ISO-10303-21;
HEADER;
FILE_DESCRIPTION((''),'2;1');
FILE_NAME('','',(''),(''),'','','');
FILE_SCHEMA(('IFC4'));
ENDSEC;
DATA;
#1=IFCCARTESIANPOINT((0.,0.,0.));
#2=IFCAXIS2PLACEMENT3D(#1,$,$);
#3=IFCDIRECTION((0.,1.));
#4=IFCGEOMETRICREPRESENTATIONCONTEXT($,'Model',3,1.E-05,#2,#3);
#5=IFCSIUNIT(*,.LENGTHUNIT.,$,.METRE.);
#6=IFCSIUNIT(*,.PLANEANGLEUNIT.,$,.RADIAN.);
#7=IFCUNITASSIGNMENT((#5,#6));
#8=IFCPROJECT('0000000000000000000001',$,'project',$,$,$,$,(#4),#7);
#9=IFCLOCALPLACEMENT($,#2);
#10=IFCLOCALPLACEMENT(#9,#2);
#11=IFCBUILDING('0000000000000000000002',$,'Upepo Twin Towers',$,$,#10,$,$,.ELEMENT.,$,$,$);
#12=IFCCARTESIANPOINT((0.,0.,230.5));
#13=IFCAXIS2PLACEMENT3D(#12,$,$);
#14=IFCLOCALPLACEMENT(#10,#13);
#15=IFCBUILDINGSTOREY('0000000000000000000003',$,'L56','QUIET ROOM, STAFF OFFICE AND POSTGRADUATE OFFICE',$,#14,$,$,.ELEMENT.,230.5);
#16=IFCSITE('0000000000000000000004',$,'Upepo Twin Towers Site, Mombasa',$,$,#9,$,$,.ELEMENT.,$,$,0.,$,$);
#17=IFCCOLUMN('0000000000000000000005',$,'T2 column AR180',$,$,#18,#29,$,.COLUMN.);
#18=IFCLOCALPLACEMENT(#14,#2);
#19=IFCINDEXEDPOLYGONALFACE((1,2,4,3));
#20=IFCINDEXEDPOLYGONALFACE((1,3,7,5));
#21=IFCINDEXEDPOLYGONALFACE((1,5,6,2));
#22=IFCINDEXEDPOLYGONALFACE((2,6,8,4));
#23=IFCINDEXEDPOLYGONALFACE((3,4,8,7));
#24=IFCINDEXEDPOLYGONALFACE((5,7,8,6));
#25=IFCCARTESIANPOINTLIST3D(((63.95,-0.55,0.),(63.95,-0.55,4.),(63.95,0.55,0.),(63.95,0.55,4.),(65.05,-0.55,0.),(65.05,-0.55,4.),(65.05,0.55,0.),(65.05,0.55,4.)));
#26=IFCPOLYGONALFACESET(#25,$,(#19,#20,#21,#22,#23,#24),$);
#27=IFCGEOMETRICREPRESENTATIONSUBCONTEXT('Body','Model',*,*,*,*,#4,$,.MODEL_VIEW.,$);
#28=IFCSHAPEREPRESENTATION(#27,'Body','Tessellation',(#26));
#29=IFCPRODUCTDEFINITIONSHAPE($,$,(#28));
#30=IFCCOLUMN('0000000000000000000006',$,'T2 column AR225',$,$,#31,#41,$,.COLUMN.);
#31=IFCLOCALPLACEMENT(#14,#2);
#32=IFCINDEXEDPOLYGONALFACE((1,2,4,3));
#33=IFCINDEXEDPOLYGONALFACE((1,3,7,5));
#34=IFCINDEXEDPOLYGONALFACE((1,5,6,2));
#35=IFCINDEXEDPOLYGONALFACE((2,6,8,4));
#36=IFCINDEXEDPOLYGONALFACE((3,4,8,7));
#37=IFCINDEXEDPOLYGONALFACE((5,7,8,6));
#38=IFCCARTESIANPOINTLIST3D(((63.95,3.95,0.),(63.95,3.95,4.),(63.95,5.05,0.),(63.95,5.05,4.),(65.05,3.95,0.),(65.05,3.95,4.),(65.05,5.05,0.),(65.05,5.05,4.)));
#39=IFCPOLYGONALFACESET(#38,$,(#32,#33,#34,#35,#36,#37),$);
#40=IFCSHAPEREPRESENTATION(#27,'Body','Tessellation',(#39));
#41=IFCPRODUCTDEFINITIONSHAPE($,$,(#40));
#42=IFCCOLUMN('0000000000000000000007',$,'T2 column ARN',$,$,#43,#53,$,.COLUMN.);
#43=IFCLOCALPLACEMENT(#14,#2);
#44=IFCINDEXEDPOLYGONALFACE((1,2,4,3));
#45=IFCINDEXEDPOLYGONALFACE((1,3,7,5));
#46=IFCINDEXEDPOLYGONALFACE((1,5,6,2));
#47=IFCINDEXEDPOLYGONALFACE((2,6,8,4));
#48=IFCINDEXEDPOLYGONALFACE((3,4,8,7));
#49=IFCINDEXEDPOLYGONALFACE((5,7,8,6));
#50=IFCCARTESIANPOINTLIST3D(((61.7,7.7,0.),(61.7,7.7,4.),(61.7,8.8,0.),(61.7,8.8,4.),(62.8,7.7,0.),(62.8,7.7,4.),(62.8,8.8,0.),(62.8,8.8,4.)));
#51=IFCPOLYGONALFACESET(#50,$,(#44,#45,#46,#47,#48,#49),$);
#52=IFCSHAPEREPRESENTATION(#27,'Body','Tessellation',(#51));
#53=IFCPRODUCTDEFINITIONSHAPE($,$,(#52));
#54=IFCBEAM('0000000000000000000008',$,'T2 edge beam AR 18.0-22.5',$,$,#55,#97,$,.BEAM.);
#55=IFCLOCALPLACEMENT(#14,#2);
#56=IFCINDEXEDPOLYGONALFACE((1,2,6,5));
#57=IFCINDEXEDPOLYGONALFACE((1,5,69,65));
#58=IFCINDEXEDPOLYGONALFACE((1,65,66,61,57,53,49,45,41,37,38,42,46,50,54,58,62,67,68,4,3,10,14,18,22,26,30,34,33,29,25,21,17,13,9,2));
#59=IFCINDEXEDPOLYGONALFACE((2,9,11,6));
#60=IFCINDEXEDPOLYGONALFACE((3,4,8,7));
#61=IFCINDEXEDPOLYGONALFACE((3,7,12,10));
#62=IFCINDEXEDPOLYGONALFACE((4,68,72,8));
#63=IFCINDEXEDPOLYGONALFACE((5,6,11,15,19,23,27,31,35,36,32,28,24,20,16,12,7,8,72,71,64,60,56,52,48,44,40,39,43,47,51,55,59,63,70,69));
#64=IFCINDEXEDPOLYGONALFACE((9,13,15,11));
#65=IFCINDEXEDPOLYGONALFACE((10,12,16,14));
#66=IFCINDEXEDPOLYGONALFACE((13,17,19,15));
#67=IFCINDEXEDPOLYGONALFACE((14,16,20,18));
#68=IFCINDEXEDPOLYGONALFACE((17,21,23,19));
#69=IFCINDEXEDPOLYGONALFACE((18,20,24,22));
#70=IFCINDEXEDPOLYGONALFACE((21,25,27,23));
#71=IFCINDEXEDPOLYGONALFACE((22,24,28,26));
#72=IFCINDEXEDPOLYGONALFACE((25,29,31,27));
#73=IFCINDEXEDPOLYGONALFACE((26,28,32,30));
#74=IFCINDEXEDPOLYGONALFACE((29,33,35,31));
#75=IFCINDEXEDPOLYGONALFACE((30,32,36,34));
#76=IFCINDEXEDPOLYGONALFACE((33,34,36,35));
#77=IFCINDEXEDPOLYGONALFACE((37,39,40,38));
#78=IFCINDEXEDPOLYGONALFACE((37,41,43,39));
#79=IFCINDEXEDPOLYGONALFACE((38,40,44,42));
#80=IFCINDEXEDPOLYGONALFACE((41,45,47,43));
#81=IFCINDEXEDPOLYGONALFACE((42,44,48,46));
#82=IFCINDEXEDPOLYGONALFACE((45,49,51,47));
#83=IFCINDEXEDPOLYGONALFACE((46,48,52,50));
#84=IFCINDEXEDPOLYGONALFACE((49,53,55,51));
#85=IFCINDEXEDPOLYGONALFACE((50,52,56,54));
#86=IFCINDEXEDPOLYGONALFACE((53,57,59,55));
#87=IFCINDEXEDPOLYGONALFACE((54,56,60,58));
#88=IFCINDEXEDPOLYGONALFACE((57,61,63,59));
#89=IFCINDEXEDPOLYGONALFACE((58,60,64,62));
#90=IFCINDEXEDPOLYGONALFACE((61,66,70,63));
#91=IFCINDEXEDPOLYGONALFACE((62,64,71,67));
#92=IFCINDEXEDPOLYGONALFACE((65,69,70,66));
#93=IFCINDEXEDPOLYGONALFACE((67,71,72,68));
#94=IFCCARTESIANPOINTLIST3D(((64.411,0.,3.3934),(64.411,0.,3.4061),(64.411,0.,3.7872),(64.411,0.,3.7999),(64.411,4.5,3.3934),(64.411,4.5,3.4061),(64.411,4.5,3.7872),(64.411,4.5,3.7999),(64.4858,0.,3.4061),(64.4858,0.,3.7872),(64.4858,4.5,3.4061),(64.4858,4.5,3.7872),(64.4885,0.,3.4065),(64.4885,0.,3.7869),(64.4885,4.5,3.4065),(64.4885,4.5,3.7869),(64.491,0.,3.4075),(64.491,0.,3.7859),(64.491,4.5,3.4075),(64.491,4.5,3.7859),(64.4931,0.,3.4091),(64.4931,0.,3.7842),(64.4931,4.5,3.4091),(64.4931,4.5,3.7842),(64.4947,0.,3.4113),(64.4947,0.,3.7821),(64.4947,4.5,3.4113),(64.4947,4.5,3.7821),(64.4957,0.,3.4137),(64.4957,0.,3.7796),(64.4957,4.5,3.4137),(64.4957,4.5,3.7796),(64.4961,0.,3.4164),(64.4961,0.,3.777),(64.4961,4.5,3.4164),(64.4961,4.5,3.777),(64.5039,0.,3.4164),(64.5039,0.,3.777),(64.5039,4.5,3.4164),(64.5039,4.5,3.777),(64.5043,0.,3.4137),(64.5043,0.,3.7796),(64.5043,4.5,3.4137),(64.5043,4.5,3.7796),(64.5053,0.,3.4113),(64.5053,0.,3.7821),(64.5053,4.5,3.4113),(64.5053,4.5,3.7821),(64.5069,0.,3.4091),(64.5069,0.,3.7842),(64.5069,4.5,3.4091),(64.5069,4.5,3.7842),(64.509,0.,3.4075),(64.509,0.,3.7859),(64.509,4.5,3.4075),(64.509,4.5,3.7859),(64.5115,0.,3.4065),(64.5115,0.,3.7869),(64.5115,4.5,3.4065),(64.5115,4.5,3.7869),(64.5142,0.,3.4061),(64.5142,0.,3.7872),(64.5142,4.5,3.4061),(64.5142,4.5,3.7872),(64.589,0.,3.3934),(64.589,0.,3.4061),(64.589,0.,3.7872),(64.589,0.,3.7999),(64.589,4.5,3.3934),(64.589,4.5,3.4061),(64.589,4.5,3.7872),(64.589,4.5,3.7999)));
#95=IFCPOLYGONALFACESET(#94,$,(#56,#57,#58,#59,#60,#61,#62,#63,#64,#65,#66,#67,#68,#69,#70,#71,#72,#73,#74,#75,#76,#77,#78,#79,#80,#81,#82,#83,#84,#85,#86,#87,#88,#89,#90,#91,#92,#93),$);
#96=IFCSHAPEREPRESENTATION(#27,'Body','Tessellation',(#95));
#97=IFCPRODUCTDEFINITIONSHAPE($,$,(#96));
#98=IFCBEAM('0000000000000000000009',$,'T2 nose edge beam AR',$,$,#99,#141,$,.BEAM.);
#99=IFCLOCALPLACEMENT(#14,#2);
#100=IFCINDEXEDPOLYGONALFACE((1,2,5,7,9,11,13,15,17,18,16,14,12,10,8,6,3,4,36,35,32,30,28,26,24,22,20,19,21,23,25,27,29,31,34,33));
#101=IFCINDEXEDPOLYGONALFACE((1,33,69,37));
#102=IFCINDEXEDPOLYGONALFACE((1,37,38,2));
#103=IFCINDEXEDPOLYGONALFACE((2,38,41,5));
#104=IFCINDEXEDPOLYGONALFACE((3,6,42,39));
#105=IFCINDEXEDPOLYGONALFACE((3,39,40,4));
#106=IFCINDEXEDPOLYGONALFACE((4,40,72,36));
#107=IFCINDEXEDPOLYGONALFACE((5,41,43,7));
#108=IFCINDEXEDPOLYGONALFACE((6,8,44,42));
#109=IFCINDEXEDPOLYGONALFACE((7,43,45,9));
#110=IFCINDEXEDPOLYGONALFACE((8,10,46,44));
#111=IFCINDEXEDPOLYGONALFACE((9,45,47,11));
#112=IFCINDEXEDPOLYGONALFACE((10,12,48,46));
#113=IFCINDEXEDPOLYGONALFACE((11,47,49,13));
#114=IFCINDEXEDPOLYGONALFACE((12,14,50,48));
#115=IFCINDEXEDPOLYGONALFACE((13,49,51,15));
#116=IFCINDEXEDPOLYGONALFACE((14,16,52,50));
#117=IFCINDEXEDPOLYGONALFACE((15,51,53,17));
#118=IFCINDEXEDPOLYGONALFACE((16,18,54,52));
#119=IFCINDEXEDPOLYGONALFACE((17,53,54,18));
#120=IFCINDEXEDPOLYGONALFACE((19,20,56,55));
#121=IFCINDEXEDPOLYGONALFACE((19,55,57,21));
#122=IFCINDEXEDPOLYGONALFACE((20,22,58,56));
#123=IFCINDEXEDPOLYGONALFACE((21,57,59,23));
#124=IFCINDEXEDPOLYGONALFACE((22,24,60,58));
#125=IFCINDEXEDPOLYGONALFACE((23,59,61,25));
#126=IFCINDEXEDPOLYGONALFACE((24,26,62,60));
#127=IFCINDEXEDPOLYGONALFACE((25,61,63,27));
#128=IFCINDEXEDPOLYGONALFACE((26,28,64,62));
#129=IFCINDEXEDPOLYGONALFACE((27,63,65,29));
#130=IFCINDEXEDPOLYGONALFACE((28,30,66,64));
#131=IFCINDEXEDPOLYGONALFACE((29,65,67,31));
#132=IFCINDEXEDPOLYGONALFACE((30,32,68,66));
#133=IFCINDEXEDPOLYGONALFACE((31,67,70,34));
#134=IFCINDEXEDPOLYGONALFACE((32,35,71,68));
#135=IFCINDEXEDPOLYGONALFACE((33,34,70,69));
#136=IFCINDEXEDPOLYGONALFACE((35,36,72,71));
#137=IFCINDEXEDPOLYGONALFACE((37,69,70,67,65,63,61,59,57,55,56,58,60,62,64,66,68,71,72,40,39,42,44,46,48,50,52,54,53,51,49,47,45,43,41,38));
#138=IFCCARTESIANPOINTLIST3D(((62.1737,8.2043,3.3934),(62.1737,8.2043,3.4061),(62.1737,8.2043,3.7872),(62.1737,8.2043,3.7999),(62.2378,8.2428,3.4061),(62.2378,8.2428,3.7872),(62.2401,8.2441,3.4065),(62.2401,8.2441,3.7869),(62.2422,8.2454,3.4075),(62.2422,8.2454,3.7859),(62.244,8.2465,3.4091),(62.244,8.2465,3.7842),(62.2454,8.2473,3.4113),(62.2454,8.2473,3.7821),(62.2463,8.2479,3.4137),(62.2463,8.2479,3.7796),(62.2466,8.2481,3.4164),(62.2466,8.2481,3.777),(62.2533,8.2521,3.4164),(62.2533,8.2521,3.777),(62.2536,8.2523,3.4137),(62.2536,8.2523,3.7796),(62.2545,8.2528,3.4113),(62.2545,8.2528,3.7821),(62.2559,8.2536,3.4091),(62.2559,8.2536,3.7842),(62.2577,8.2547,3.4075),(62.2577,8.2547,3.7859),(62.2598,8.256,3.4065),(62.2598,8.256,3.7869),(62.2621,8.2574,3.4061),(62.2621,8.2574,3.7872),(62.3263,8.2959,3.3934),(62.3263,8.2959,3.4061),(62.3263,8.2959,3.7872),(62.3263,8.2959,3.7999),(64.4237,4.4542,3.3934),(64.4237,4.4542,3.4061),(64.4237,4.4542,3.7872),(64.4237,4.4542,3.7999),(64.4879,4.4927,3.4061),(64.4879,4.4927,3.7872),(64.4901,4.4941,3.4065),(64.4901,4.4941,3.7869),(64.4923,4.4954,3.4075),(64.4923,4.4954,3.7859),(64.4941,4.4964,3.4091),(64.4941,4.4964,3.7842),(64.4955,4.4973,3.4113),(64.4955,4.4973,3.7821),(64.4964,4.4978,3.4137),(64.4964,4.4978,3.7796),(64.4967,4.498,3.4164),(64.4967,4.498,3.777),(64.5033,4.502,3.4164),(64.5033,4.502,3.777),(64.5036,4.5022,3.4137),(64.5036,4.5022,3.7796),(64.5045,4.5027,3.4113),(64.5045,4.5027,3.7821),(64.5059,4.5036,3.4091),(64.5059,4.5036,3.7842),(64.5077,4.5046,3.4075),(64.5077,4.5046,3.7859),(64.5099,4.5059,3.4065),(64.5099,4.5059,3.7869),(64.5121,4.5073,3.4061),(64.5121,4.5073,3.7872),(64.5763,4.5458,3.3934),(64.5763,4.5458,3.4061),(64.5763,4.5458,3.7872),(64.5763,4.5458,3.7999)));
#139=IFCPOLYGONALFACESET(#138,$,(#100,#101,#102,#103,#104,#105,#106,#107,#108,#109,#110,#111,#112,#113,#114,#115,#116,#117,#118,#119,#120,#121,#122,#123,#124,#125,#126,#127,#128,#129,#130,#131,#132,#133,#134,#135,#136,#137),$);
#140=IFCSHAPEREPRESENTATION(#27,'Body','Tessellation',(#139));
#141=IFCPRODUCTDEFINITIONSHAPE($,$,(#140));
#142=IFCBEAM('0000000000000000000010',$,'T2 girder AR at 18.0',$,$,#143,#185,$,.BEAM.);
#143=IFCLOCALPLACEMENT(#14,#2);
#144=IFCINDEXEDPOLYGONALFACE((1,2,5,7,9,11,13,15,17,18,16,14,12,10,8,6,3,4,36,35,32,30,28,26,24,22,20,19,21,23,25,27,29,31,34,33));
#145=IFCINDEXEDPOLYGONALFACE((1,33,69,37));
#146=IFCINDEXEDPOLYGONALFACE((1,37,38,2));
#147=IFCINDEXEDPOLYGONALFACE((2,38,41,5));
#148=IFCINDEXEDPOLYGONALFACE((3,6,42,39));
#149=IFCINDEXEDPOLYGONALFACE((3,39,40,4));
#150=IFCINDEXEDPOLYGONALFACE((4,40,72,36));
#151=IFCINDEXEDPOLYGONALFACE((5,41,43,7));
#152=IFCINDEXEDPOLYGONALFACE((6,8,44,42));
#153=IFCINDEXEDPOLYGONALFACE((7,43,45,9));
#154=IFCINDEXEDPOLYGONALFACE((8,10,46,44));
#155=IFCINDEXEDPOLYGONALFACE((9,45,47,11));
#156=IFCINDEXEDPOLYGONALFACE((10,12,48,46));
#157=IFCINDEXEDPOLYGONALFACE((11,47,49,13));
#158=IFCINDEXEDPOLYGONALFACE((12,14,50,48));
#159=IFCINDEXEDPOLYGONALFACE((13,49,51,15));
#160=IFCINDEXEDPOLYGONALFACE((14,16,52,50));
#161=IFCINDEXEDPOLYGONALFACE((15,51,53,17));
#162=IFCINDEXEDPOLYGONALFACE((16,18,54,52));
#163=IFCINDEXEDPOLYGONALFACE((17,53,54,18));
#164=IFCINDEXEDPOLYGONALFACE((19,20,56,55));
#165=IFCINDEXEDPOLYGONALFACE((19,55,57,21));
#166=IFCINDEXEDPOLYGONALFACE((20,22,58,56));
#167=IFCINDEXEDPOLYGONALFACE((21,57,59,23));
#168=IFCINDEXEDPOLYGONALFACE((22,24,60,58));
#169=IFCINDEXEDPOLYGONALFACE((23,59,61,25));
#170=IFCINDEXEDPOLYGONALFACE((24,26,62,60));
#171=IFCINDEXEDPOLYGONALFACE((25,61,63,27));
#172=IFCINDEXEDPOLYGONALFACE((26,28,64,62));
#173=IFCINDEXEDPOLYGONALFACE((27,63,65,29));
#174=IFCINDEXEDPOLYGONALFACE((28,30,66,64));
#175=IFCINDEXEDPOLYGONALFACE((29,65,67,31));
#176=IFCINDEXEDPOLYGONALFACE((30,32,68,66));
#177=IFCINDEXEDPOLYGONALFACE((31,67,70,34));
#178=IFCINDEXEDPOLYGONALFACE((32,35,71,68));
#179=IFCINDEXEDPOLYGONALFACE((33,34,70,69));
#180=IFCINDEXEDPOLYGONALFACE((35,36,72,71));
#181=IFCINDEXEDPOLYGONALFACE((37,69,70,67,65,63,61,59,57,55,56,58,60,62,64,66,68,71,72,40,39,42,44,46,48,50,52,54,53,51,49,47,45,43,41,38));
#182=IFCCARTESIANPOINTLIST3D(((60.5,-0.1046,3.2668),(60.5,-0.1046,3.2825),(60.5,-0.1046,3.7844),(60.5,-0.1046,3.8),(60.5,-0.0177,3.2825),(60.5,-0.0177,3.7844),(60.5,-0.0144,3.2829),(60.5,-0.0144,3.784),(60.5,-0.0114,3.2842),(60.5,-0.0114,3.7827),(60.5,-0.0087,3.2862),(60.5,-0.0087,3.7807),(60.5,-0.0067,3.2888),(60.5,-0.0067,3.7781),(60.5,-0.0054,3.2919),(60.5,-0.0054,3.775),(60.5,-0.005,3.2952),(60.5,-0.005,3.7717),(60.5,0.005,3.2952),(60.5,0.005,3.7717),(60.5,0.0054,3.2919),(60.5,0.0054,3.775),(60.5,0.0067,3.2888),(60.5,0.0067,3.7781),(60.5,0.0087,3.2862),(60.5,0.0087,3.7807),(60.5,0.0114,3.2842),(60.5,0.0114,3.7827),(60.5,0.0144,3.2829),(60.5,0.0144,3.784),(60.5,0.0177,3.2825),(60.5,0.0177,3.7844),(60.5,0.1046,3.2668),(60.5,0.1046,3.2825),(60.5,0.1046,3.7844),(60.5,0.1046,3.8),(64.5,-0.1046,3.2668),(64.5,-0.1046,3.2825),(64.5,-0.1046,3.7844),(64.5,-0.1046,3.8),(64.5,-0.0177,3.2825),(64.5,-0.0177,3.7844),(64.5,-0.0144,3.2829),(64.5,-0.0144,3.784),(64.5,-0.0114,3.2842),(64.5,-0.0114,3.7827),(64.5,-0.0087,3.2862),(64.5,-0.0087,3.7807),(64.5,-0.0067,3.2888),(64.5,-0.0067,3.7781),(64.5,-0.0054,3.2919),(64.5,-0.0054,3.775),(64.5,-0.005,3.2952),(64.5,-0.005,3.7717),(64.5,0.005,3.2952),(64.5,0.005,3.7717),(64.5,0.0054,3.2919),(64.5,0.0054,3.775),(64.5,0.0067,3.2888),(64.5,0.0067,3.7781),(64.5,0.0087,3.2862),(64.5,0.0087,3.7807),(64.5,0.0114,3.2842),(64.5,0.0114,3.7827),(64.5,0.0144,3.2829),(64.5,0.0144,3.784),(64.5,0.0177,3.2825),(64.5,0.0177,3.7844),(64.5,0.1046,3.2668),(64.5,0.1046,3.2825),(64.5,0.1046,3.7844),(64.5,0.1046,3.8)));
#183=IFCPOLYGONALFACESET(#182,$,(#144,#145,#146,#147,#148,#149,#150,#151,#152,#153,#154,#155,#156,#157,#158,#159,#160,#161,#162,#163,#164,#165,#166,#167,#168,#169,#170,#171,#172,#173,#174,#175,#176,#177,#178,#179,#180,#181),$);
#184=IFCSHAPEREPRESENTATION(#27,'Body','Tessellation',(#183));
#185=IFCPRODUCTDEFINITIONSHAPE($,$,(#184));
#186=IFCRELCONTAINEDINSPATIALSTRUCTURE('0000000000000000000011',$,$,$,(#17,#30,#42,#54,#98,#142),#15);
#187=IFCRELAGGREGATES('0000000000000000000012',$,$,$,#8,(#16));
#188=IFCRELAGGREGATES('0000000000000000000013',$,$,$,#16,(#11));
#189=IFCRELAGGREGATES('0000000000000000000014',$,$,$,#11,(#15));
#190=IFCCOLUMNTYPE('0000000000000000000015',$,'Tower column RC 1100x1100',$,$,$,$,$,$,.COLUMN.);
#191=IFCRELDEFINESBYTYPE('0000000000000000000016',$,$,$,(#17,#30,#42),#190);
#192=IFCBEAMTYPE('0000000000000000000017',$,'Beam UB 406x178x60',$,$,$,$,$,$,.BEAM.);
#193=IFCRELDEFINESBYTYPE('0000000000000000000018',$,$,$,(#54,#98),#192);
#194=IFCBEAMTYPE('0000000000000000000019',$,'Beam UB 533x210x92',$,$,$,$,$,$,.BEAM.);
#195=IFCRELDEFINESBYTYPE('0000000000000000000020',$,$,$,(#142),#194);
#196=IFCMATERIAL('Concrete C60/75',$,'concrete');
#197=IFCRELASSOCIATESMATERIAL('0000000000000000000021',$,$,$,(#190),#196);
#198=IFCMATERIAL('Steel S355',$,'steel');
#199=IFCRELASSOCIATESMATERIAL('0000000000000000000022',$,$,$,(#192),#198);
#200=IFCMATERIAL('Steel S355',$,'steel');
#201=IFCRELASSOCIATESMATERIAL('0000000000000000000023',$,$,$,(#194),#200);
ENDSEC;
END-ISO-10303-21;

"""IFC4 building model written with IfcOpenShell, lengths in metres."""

from ifc_helpers import new_model, si_unit, direction, frame, origin, origin_2d, place, context, subcontext, project, spatial, rectangle, i_section, extrude, material, material_profile, profile_set, type_object, element, save


model = new_model("IFC4")

# Units and contexts
model_context = context("Model", 3, precision=1e-05, world=origin(), true_north=direction((0.0, 1.0)))
body_context = subcontext(model_context, "Body", "Model", "MODEL_VIEW")
ifc_project = project(units=[si_unit("LENGTHUNIT", "METRE"), si_unit("PLANEANGLEUNIT", "RADIAN")], contexts=[model_context])

# Site, building, storey
site_placement = place(None, origin())
site = spatial("IfcSite", under=ifc_project, at=site_placement, Name="Upepo Twin Towers Site, Mombasa", CompositionType="ELEMENT", RefElevation=0.0)
building_placement = place(site_placement, origin())
building = spatial("IfcBuilding", under=site, at=building_placement, Name="Upepo Twin Towers", CompositionType="ELEMENT")
storey_placement = place(building_placement, frame((0.0, 0.0, 230.5)))
storey = spatial("IfcBuildingStorey", under=building, at=storey_placement, Name="L56", Description="QUIET ROOM, STAFF OFFICE AND POSTGRADUATE OFFICE", CompositionType="ELEMENT", Elevation=230.5)

# Columns
ifc_material_1 = material(Name="Concrete C60/75", Category="concrete")
ifc_material_profile_1 = material_profile(ifc_material_1, rectangle(XDim=1.1001, YDim=1.1001, at=origin_2d()), Name="RC 1100x1100")
ifc_profile_set_1 = profile_set([ifc_material_profile_1], Name="Concrete C60/75")
column_type = type_object("IfcColumnType", Name="Tower column RC 1100x1100", PredefinedType="COLUMN", material=ifc_profile_set_1)
for number, where, z_axis, x_axis, name in (
    (1, (64.5, 0.0, 0.0), (0.0, 0.0, 1.0), (1.0, 0.0, 0.0), "T2 column AR180"),
    (2, (64.5, 4.5, 0.0), (0.0, 0.0, 1.0), (1.0, 0.0, 0.0), "T2 column AR225"),
    (3, (62.25, 8.25, 0.0), (0.0, 0.0, 1.0), (1.0, 0.0, 0.0), "T2 column ARN"),
):
    element("IfcColumn", number, at=place(storey_placement, frame(where, z_axis=z_axis, x_axis=x_axis)), inside=storey, type_object=column_type, Name=name, PredefinedType="COLUMN", context=body_context, shape_type="SweptSolid", body=[
        extrude(rectangle(XDim=1.1001, YDim=1.1001, at=origin_2d()), origin(), (0.0, 0.0, 1.0), 4.0),
    ])

# Beams
ifc_material_2 = material(Name="Steel S355", Category="steel")
ifc_material_profile_2 = material_profile(ifc_material_2, i_section(OverallWidth=0.178, OverallDepth=0.4065, WebThickness=0.0078, FlangeThickness=0.0127, FilletRadius=0.0103, at=origin_2d()), Name="UB 406x178x60")
ifc_profile_set_2 = profile_set([ifc_material_profile_2], Name="Steel S355")
beam_type_1 = type_object("IfcBeamType", Name="Beam UB 406x178x60", PredefinedType="BEAM", material=ifc_profile_set_2)
beam_1_placement = place(storey_placement, frame((64.5, 0.0, 3.5967), z_axis=(0.0, 1.0, 0.0), x_axis=(-1.0, 0.0, 0.0)))
element("IfcBeam", 4, at=beam_1_placement, inside=storey, type_object=beam_type_1, Name="T2 edge beam AR 18.0-22.5", PredefinedType="BEAM", context=body_context, shape_type="SweptSolid", body=[
    extrude(i_section(OverallWidth=0.178, OverallDepth=0.4065, WebThickness=0.0078, FlangeThickness=0.0127, FilletRadius=0.0103, at=origin_2d()), origin(), (0.0, 0.0, 1.0), 4.5),
])
beam_2_placement = place(storey_placement, frame((64.5, 4.5, 3.5967), z_axis=(-0.514496, 0.857493, 0.0), x_axis=(-0.857493, -0.514496, 0.0)))
element("IfcBeam", 5, at=beam_2_placement, inside=storey, type_object=beam_type_1, Name="T2 nose edge beam AR", PredefinedType="BEAM", context=body_context, shape_type="SweptSolid", body=[
    extrude(i_section(OverallWidth=0.178, OverallDepth=0.4065, WebThickness=0.0078, FlangeThickness=0.0127, FilletRadius=0.0103, at=origin_2d()), origin(), (0.0, 0.0, 1.0), 4.3733),
])
ifc_material_3 = material(Name="Steel S355", Category="steel")
ifc_material_profile_3 = material_profile(ifc_material_3, i_section(OverallWidth=0.2092, OverallDepth=0.5332, WebThickness=0.01, FlangeThickness=0.0156, FilletRadius=0.0127, at=origin_2d()), Name="UB 533x210x92")
ifc_profile_set_3 = profile_set([ifc_material_profile_3], Name="Steel S355")
beam_type_2 = type_object("IfcBeamType", Name="Beam UB 533x210x92", PredefinedType="BEAM", material=ifc_profile_set_3)
for number, where, z_axis, x_axis, name in (
    (6, (64.5, 0.0, 3.5334), (-1.0, 0.0, 0.0), (0.0, -1.0, 0.0), "T2 girder AR at 18.0"),
):
    element("IfcBeam", number, at=place(storey_placement, frame(where, z_axis=z_axis, x_axis=x_axis)), inside=storey, type_object=beam_type_2, Name=name, PredefinedType="BEAM", context=body_context, shape_type="SweptSolid", body=[
        extrude(i_section(OverallWidth=0.2092, OverallDepth=0.5332, WebThickness=0.01, FlangeThickness=0.0156, FilletRadius=0.0127, at=origin_2d()), origin(), (0.0, 0.0, 1.0), 4.0),
    ])

save(model, "model.ifc")
